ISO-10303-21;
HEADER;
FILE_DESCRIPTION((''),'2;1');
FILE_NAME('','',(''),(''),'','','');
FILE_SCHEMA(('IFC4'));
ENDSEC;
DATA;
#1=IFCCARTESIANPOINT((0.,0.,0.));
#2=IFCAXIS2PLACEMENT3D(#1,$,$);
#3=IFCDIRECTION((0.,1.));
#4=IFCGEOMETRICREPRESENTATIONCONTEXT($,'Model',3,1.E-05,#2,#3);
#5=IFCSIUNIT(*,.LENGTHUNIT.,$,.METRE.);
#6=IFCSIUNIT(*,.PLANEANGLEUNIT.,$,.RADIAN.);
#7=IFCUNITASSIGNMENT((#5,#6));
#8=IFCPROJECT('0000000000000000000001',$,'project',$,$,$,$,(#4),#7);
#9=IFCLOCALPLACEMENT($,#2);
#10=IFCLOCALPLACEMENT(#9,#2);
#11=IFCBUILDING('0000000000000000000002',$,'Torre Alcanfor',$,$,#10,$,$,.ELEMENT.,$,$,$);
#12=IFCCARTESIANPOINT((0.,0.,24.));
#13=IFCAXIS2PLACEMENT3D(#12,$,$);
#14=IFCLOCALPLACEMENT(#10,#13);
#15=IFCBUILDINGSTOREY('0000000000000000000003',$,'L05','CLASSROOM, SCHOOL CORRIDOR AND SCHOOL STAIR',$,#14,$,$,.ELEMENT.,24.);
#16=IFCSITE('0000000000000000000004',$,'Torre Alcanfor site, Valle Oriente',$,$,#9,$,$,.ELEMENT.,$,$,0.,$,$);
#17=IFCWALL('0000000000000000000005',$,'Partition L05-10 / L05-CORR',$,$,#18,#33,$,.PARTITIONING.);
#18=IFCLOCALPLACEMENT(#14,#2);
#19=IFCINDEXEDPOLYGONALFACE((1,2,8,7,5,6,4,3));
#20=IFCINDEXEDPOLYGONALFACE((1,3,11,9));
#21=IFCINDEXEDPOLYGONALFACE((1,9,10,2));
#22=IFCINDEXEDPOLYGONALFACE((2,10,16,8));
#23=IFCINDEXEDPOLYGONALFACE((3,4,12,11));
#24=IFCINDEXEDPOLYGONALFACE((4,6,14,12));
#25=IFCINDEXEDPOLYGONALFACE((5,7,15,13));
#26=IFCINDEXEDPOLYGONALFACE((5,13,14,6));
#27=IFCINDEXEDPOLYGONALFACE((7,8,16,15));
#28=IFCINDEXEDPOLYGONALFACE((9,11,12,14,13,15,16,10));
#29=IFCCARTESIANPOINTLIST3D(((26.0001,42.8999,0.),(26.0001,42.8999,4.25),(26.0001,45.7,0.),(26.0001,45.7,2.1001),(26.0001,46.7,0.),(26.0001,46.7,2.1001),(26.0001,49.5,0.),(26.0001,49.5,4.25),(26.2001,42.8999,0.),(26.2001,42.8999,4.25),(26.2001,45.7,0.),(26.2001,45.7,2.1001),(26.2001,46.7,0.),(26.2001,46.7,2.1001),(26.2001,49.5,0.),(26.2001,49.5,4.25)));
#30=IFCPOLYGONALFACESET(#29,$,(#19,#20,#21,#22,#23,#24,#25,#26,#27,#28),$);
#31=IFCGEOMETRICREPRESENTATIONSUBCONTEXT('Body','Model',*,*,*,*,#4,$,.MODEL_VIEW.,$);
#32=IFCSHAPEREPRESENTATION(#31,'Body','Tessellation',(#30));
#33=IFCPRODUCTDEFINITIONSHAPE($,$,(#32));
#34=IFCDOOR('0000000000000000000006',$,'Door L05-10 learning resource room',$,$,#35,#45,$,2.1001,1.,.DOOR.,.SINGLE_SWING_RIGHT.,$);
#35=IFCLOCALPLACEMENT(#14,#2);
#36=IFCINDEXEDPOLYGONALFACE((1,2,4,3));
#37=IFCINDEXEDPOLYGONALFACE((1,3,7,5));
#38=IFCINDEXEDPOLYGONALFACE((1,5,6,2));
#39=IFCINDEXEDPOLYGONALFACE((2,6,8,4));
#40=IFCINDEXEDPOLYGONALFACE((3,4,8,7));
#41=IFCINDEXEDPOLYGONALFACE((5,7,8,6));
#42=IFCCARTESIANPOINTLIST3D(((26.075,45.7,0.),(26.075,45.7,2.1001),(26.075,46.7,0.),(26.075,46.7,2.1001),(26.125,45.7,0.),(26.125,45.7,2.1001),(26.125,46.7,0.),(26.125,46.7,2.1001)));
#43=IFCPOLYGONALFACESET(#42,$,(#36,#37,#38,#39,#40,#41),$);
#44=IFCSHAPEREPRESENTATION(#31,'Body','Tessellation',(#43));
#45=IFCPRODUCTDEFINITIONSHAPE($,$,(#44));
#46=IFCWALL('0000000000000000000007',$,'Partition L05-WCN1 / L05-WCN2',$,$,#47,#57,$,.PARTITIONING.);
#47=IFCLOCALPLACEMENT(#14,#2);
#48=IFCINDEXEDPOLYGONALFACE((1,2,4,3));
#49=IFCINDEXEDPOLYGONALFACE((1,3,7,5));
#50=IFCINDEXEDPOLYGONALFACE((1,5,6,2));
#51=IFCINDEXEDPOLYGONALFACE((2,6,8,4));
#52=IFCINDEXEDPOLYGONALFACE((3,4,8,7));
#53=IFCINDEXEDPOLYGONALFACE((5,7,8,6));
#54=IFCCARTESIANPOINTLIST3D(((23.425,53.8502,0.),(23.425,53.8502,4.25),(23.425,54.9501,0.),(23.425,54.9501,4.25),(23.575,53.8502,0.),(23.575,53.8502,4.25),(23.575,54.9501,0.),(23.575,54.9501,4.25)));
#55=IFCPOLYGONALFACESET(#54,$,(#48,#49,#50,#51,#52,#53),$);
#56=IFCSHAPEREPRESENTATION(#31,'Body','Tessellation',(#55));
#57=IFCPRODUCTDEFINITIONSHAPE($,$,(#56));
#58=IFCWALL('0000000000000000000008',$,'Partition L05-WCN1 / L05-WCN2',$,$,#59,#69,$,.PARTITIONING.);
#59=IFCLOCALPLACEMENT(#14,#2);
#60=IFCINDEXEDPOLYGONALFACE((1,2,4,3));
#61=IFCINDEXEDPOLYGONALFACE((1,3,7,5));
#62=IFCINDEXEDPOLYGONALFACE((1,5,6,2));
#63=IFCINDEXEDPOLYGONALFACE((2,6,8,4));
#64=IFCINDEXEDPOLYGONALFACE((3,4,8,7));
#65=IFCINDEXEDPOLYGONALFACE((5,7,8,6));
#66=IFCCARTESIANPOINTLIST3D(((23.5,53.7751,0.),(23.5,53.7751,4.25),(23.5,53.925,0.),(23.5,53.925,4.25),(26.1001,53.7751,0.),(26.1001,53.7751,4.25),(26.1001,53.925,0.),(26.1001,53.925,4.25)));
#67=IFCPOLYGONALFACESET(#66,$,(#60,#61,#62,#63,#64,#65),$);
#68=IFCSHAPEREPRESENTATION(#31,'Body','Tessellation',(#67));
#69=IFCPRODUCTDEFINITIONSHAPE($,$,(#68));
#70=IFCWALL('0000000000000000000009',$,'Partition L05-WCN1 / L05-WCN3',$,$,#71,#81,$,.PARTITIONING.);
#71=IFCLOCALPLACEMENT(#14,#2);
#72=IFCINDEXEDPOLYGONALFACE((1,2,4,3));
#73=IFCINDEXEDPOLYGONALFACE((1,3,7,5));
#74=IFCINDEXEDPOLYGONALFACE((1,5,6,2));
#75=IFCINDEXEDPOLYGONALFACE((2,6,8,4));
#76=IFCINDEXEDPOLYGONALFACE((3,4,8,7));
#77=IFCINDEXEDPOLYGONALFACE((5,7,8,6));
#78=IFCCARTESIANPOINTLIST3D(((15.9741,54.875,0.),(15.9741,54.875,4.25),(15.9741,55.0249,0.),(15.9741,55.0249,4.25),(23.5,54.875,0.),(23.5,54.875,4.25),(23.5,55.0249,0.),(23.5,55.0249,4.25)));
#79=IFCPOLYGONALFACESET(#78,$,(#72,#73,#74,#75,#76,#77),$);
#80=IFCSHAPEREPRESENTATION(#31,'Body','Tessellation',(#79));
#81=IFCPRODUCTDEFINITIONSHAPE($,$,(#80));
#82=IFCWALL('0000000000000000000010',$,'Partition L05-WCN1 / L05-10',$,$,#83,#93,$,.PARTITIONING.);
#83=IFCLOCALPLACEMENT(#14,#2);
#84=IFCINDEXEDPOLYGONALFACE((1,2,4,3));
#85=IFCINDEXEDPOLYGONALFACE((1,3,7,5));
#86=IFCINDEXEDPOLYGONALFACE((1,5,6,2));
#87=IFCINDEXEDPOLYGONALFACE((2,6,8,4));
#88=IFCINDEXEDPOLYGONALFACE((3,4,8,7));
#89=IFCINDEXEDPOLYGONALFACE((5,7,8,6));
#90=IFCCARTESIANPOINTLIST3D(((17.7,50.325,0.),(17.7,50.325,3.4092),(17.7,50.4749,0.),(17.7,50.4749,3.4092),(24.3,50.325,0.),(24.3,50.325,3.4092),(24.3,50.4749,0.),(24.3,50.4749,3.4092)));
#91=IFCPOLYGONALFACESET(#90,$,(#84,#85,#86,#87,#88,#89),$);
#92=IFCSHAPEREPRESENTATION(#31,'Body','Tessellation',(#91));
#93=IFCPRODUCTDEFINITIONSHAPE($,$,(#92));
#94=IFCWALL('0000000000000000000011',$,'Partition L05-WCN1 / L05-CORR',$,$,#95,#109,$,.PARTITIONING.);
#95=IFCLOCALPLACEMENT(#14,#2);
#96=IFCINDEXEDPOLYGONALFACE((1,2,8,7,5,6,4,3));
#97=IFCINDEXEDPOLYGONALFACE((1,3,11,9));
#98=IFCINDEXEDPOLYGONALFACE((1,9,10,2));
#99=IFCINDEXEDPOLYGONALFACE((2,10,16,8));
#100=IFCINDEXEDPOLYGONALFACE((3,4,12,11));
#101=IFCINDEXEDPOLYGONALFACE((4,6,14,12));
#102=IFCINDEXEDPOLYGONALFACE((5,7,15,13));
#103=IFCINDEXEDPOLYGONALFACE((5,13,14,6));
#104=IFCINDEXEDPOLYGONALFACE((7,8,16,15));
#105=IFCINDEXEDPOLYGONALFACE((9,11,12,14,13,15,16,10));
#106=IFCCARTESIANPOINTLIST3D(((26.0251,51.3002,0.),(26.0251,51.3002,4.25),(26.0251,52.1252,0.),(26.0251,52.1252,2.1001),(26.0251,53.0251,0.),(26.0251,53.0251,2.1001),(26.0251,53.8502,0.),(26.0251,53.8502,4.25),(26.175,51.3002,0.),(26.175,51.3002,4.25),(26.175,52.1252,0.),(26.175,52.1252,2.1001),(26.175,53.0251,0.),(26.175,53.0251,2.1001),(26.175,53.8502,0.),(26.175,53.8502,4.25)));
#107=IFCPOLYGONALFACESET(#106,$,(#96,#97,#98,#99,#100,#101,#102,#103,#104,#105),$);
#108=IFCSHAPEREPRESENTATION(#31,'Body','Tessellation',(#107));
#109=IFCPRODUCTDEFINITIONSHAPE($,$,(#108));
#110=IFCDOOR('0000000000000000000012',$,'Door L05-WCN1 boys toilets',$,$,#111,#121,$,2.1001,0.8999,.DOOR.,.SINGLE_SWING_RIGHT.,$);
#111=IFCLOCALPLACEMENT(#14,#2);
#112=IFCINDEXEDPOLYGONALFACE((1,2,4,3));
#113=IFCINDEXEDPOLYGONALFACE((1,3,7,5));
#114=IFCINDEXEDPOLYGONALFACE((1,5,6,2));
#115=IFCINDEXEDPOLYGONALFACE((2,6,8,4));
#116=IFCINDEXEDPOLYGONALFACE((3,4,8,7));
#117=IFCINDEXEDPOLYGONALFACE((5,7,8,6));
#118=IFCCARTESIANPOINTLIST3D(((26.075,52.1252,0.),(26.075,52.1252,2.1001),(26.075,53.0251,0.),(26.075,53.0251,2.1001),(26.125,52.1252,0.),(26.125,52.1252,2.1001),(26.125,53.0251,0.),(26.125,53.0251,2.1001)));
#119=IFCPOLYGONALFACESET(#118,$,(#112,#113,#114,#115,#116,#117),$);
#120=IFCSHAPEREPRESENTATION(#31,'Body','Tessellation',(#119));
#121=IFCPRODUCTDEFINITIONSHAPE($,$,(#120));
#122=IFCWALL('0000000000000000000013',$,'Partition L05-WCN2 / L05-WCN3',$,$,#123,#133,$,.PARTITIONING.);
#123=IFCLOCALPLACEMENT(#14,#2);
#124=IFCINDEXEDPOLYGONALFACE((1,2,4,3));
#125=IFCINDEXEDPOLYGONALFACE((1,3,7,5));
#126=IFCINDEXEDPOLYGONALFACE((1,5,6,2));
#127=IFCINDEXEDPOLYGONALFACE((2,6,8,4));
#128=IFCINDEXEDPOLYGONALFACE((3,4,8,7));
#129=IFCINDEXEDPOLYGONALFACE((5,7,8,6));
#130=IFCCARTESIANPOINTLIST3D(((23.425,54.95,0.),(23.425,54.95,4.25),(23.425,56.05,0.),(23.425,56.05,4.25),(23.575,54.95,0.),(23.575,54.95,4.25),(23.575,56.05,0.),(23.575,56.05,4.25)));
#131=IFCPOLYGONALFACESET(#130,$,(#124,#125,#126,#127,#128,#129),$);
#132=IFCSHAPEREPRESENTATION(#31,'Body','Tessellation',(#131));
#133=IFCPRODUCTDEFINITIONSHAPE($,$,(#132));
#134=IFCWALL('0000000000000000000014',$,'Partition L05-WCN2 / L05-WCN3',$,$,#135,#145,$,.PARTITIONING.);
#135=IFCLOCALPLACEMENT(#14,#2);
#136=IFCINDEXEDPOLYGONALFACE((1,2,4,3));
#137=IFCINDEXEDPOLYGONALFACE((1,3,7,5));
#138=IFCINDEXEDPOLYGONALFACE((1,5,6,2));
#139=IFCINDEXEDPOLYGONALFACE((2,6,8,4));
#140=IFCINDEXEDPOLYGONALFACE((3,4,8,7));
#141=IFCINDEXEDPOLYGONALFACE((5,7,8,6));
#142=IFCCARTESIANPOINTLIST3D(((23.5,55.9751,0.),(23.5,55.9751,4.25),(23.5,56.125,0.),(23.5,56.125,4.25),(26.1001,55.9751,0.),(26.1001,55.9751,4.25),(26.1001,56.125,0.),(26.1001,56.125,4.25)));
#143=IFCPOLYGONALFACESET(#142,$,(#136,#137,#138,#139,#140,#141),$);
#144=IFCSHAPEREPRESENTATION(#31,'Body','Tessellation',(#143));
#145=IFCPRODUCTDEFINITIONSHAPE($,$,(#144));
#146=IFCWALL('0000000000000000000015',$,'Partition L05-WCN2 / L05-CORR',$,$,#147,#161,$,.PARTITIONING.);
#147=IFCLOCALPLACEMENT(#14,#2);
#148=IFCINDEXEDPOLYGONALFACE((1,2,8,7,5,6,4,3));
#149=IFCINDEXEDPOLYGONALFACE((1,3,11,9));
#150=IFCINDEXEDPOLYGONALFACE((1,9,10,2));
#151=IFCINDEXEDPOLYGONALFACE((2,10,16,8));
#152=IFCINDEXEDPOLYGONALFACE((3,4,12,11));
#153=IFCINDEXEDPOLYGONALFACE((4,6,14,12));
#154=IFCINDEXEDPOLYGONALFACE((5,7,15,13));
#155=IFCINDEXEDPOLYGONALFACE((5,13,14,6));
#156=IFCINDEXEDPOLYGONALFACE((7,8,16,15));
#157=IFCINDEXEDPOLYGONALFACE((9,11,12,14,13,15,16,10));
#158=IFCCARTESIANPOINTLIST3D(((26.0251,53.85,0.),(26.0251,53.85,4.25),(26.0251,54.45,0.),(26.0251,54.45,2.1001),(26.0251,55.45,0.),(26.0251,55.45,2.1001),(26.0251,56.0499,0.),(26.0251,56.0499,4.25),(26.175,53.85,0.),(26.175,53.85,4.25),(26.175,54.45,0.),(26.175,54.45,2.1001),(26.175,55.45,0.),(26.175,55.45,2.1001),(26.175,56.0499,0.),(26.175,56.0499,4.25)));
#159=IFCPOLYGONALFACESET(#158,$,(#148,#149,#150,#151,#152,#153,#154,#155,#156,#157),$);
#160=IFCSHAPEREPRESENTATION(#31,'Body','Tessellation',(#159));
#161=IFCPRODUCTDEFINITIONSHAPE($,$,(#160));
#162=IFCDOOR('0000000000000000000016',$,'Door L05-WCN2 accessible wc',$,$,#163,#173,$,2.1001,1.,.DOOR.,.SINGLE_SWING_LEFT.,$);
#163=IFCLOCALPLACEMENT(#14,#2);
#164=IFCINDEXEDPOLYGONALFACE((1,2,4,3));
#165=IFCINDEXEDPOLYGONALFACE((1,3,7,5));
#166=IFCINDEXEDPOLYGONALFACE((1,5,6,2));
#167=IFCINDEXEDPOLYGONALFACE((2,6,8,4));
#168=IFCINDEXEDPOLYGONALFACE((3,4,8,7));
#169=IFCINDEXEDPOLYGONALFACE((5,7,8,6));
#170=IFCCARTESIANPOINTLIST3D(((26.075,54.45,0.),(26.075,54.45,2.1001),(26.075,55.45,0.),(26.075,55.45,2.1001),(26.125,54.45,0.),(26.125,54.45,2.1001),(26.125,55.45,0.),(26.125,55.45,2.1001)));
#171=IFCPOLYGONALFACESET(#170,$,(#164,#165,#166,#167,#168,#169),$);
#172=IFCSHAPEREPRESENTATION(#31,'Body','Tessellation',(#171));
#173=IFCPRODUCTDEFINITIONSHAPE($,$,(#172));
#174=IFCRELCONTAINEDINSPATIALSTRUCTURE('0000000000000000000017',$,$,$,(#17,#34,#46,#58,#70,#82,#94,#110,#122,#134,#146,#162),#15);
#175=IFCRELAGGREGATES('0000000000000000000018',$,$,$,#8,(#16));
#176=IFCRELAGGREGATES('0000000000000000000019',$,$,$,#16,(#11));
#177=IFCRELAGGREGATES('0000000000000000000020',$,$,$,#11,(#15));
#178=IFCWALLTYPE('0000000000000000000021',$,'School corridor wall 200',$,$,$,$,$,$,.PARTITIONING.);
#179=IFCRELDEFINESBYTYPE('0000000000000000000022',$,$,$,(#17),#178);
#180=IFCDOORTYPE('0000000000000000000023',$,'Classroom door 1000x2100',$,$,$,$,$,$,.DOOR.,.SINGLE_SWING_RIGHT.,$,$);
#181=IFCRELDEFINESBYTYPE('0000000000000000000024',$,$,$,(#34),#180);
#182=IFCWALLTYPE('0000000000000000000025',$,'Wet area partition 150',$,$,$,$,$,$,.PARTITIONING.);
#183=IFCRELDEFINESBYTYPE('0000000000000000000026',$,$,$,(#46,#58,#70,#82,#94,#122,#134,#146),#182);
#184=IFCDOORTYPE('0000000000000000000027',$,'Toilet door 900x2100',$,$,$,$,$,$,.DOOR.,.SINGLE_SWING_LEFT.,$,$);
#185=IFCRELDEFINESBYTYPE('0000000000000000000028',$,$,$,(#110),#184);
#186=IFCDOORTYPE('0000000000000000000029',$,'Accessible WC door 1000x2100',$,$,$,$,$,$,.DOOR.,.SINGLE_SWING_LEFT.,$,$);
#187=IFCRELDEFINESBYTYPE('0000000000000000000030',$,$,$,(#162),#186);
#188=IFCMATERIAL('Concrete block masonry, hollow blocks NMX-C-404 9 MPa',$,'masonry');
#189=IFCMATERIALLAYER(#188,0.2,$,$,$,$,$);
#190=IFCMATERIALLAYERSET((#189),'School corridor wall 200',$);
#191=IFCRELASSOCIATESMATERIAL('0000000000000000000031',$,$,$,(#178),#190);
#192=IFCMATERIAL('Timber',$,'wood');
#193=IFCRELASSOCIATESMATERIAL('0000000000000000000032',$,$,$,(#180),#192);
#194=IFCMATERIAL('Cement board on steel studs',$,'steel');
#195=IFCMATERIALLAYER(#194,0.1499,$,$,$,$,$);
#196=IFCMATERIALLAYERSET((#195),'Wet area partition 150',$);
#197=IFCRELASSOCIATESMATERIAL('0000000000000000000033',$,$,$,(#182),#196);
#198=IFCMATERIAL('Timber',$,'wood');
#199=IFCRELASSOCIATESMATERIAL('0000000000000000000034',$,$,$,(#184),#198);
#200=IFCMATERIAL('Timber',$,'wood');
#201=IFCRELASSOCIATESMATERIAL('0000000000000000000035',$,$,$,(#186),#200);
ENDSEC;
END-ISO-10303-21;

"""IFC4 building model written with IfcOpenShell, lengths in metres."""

from ifc_helpers import new_model, si_unit, direction, frame, frame_2d, origin, place, context, subcontext, project, spatial, rectangle, extrude, material, layer, layer_set, type_object, element, fill, save


model = new_model("IFC4")

# Units and contexts
model_context = context("Model", 3, precision=1e-05, world=origin(), true_north=direction((0.0, 1.0)))
body_context = subcontext(model_context, "Body", "Model", "MODEL_VIEW")
ifc_project = project(units=[si_unit("LENGTHUNIT", "METRE"), si_unit("PLANEANGLEUNIT", "RADIAN")], contexts=[model_context])

# Site, building, storey
site_placement = place(None, origin())
site = spatial("IfcSite", under=ifc_project, at=site_placement, Name="Torre Alcanfor site, Valle Oriente", CompositionType="ELEMENT", RefElevation=0.0)
building_placement = place(site_placement, origin())
building = spatial("IfcBuilding", under=site, at=building_placement, Name="Torre Alcanfor", CompositionType="ELEMENT")
storey_placement = place(building_placement, frame((0.0, 0.0, 24.0)))
storey = spatial("IfcBuildingStorey", under=building, at=storey_placement, Name="L05", Description="CLASSROOM, SCHOOL CORRIDOR AND SCHOOL STAIR", CompositionType="ELEMENT", Elevation=24.0)

# Wall, opening, door
ifc_material_1 = material(Name="Concrete block masonry, hollow blocks NMX-C-404 9 MPa", Category="masonry")
ifc_layer_1 = layer(ifc_material_1, 0.2)
ifc_layer_set_1 = layer_set([ifc_layer_1], Name="School corridor wall 200")
wall_type_1 = type_object("IfcWallType", Name="School corridor wall 200", PredefinedType="PARTITIONING", material=ifc_layer_set_1)
wall_1_placement = place(storey_placement, frame((26.1001, 49.5, 0.0), z_axis=(0.0, 0.0, 1.0), x_axis=(0.0, -1.0, 0.0)))
wall_1 = element("IfcWall", 1, at=wall_1_placement, inside=storey, type_object=wall_type_1, Name="Partition L05-10 / L05-CORR", PredefinedType="PARTITIONING", context=body_context, shape_type="SweptSolid", body=[
    extrude(rectangle(XDim=6.6001, YDim=0.2, at=frame_2d((3.3, 0.0))), origin(), (0.0, 0.0, 1.0), 4.25),
])
opening_1_placement = place(wall_1_placement, frame((2.8, 0.0, 0.0)))
opening_1 = element("IfcOpeningElement", 2, at=opening_1_placement, cuts=wall_1, PredefinedType="OPENING", context=body_context, shape_type="SweptSolid", body=[
    extrude(rectangle(XDim=1.0, YDim=2.1001, at=frame_2d((0.5, 1.05))), frame((0.0, 0.1099, 0.0), z_axis=(0.0, -1.0, 0.0), x_axis=(1.0, 0.0, 0.0)), (0.0, 0.0, 1.0), 0.22),
])
ifc_material_2 = material(Name="Timber", Category="wood")
door_type_1 = type_object("IfcDoorType", Name="Classroom door 1000x2100", OperationType="SINGLE_SWING_RIGHT", PredefinedType="DOOR", material=ifc_material_2)
door_1_placement = place(opening_1_placement, frame((1.0, 0.0, 0.0), z_axis=(0.0, 0.0, 1.0), x_axis=(-1.0, 0.0, 0.0)))
door_1 = element("IfcDoor", 3, at=door_1_placement, inside=storey, type_object=door_type_1, Name="Door L05-10 learning resource room", OperationType="SINGLE_SWING_RIGHT", OverallHeight=2.1001, OverallWidth=1.0, PredefinedType="DOOR", context=body_context, shape_type="SweptSolid", body=[
    extrude(rectangle(XDim=1.0, YDim=2.1001, at=frame_2d((0.5, 1.05))), frame((0.0, 0.0251, 0.0), z_axis=(0.0, -1.0, 0.0), x_axis=(1.0, 0.0, 0.0)), (0.0, 0.0, 1.0), 0.05),
])
fill(opening_1, door_1)

# Walls
ifc_material_3 = material(Name="Cement board on steel studs", Category="steel")
ifc_layer_2 = layer(ifc_material_3, 0.1499)
ifc_layer_set_2 = layer_set([ifc_layer_2], Name="Wet area partition 150")
wall_type_2 = type_object("IfcWallType", Name="Wet area partition 150", PredefinedType="PARTITIONING", material=ifc_layer_set_2)
wall_2_placement = place(storey_placement, frame((23.5, 54.95, 0.0), z_axis=(0.0, 0.0, 1.0), x_axis=(0.0, -1.0, 0.0)))
element("IfcWall", 4, at=wall_2_placement, inside=storey, type_object=wall_type_2, Name="Partition L05-WCN1 / L05-WCN2", PredefinedType="PARTITIONING", context=body_context, shape_type="SweptSolid", body=[
    extrude(rectangle(XDim=1.0999, YDim=0.1499, at=frame_2d((0.5498, 0.0))), origin(), (0.0, 0.0, 1.0), 4.25),
])
wall_3_placement = place(storey_placement, frame((23.5, 53.8501, 0.0), z_axis=(0.0, 0.0, 1.0), x_axis=(1.0, 0.0, 0.0)))
element("IfcWall", 5, at=wall_3_placement, inside=storey, type_object=wall_type_2, Name="Partition L05-WCN1 / L05-WCN2", PredefinedType="PARTITIONING", context=body_context, shape_type="SweptSolid", body=[
    extrude(rectangle(XDim=2.6001, YDim=0.1499, at=frame_2d((1.3, 0.0))), origin(), (0.0, 0.0, 1.0), 4.25),
])
wall_4_placement = place(storey_placement, frame((15.9741, 54.95, 0.0), z_axis=(0.0, 0.0, 1.0), x_axis=(1.0, 0.0, 0.0)))
element("IfcWall", 6, at=wall_4_placement, inside=storey, type_object=wall_type_2, Name="Partition L05-WCN1 / L05-WCN3", PredefinedType="PARTITIONING", context=body_context, shape_type="SweptSolid", body=[
    extrude(rectangle(XDim=7.5259, YDim=0.1499, at=frame_2d((3.7629, 0.0))), origin(), (0.0, 0.0, 1.0), 4.25),
])
wall_5_placement = place(storey_placement, frame((24.3, 50.3999, 0.0), z_axis=(0.0, 0.0, 1.0), x_axis=(-1.0, 0.0, 0.0)))
element("IfcWall", 7, at=wall_5_placement, inside=storey, type_object=wall_type_2, Name="Partition L05-WCN1 / L05-10", PredefinedType="PARTITIONING", context=body_context, shape_type="SweptSolid", body=[
    extrude(rectangle(XDim=6.6001, YDim=0.1499, at=frame_2d((3.3, 0.0))), origin(), (0.0, 0.0, 1.0), 3.4092),
])

# Wall, opening, door
wall_6_placement = place(storey_placement, frame((26.1001, 53.8501, 0.0), z_axis=(0.0, 0.0, 1.0), x_axis=(0.0, -1.0, 0.0)))
wall_6 = element("IfcWall", 8, at=wall_6_placement, inside=storey, type_object=wall_type_2, Name="Partition L05-WCN1 / L05-CORR", PredefinedType="PARTITIONING", context=body_context, shape_type="SweptSolid", body=[
    extrude(rectangle(XDim=2.55, YDim=0.1499, at=frame_2d((1.2749, 0.0))), origin(), (0.0, 0.0, 1.0), 4.25),
])
opening_2_placement = place(wall_6_placement, frame((0.825, 0.0, 0.0)))
opening_2 = element("IfcOpeningElement", 9, at=opening_2_placement, cuts=wall_6, PredefinedType="OPENING", context=body_context, shape_type="SweptSolid", body=[
    extrude(rectangle(XDim=0.8999, YDim=2.1001, at=frame_2d((0.45, 1.05))), frame((0.0, 0.085, 0.0), z_axis=(0.0, -1.0, 0.0), x_axis=(1.0, 0.0, 0.0)), (0.0, 0.0, 1.0), 0.1699),
])
ifc_material_4 = material(Name="Timber", Category="wood")
door_type_2 = type_object("IfcDoorType", Name="Toilet door 900x2100", OperationType="SINGLE_SWING_LEFT", PredefinedType="DOOR", material=ifc_material_4)
door_2_placement = place(opening_2_placement, frame((0.8999, 0.0, 0.0), z_axis=(0.0, 0.0, 1.0), x_axis=(-1.0, 0.0, 0.0)))
door_2 = element("IfcDoor", 10, at=door_2_placement, inside=storey, type_object=door_type_2, Name="Door L05-WCN1 boys toilets", OperationType="SINGLE_SWING_RIGHT", OverallHeight=2.1001, OverallWidth=0.8999, PredefinedType="DOOR", context=body_context, shape_type="SweptSolid", body=[
    extrude(rectangle(XDim=0.8999, YDim=2.1001, at=frame_2d((0.45, 1.05))), frame((0.0, 0.0251, 0.0), z_axis=(0.0, -1.0, 0.0), x_axis=(1.0, 0.0, 0.0)), (0.0, 0.0, 1.0), 0.05),
])
fill(opening_2, door_2)

# Walls
wall_7_placement = place(storey_placement, frame((23.5, 54.95, 0.0), z_axis=(0.0, 0.0, 1.0), x_axis=(0.0, 1.0, 0.0)))
element("IfcWall", 11, at=wall_7_placement, inside=storey, type_object=wall_type_2, Name="Partition L05-WCN2 / L05-WCN3", PredefinedType="PARTITIONING", context=body_context, shape_type="SweptSolid", body=[
    extrude(rectangle(XDim=1.1001, YDim=0.1499, at=frame_2d((0.55, 0.0))), origin(), (0.0, 0.0, 1.0), 4.25),
])
wall_8_placement = place(storey_placement, frame((23.5, 56.05, 0.0), z_axis=(0.0, 0.0, 1.0), x_axis=(1.0, 0.0, 0.0)))
element("IfcWall", 12, at=wall_8_placement, inside=storey, type_object=wall_type_2, Name="Partition L05-WCN2 / L05-WCN3", PredefinedType="PARTITIONING", context=body_context, shape_type="SweptSolid", body=[
    extrude(rectangle(XDim=2.6001, YDim=0.1499, at=frame_2d((1.3, 0.0))), origin(), (0.0, 0.0, 1.0), 4.25),
])

# Wall, opening, door
wall_9_placement = place(storey_placement, frame((26.1001, 56.05, 0.0), z_axis=(0.0, 0.0, 1.0), x_axis=(0.0, -1.0, 0.0)))
wall_9 = element("IfcWall", 13, at=wall_9_placement, inside=storey, type_object=wall_type_2, Name="Partition L05-WCN2 / L05-CORR", PredefinedType="PARTITIONING", context=body_context, shape_type="SweptSolid", body=[
    extrude(rectangle(XDim=2.2, YDim=0.1499, at=frame_2d((1.1001, 0.0))), origin(), (0.0, 0.0, 1.0), 4.25),
])
opening_3_placement = place(wall_9_placement, frame((0.6001, 0.0, 0.0)))
opening_3 = element("IfcOpeningElement", 14, at=opening_3_placement, cuts=wall_9, PredefinedType="OPENING", context=body_context, shape_type="SweptSolid", body=[
    extrude(rectangle(XDim=1.0, YDim=2.1001, at=frame_2d((0.5, 1.05))), frame((0.0, 0.085, 0.0), z_axis=(0.0, -1.0, 0.0), x_axis=(1.0, 0.0, 0.0)), (0.0, 0.0, 1.0), 0.1699),
])
ifc_material_5 = material(Name="Timber", Category="wood")
door_type_3 = type_object("IfcDoorType", Name="Accessible WC door 1000x2100", OperationType="SINGLE_SWING_LEFT", PredefinedType="DOOR", material=ifc_material_5)
door_3_placement = place(opening_3_placement, origin())
door_3 = element("IfcDoor", 15, at=door_3_placement, inside=storey, type_object=door_type_3, Name="Door L05-WCN2 accessible wc", OperationType="SINGLE_SWING_LEFT", OverallHeight=2.1001, OverallWidth=1.0, PredefinedType="DOOR", context=body_context, shape_type="SweptSolid", body=[
    extrude(rectangle(XDim=1.0, YDim=2.1001, at=frame_2d((0.5, 1.05))), frame((0.0, 0.0249, 0.0), z_axis=(0.0, -1.0, 0.0), x_axis=(1.0, 0.0, 0.0)), (0.0, 0.0, 1.0), 0.05),
])
fill(opening_3, door_3)

save(model, "model.ifc")
